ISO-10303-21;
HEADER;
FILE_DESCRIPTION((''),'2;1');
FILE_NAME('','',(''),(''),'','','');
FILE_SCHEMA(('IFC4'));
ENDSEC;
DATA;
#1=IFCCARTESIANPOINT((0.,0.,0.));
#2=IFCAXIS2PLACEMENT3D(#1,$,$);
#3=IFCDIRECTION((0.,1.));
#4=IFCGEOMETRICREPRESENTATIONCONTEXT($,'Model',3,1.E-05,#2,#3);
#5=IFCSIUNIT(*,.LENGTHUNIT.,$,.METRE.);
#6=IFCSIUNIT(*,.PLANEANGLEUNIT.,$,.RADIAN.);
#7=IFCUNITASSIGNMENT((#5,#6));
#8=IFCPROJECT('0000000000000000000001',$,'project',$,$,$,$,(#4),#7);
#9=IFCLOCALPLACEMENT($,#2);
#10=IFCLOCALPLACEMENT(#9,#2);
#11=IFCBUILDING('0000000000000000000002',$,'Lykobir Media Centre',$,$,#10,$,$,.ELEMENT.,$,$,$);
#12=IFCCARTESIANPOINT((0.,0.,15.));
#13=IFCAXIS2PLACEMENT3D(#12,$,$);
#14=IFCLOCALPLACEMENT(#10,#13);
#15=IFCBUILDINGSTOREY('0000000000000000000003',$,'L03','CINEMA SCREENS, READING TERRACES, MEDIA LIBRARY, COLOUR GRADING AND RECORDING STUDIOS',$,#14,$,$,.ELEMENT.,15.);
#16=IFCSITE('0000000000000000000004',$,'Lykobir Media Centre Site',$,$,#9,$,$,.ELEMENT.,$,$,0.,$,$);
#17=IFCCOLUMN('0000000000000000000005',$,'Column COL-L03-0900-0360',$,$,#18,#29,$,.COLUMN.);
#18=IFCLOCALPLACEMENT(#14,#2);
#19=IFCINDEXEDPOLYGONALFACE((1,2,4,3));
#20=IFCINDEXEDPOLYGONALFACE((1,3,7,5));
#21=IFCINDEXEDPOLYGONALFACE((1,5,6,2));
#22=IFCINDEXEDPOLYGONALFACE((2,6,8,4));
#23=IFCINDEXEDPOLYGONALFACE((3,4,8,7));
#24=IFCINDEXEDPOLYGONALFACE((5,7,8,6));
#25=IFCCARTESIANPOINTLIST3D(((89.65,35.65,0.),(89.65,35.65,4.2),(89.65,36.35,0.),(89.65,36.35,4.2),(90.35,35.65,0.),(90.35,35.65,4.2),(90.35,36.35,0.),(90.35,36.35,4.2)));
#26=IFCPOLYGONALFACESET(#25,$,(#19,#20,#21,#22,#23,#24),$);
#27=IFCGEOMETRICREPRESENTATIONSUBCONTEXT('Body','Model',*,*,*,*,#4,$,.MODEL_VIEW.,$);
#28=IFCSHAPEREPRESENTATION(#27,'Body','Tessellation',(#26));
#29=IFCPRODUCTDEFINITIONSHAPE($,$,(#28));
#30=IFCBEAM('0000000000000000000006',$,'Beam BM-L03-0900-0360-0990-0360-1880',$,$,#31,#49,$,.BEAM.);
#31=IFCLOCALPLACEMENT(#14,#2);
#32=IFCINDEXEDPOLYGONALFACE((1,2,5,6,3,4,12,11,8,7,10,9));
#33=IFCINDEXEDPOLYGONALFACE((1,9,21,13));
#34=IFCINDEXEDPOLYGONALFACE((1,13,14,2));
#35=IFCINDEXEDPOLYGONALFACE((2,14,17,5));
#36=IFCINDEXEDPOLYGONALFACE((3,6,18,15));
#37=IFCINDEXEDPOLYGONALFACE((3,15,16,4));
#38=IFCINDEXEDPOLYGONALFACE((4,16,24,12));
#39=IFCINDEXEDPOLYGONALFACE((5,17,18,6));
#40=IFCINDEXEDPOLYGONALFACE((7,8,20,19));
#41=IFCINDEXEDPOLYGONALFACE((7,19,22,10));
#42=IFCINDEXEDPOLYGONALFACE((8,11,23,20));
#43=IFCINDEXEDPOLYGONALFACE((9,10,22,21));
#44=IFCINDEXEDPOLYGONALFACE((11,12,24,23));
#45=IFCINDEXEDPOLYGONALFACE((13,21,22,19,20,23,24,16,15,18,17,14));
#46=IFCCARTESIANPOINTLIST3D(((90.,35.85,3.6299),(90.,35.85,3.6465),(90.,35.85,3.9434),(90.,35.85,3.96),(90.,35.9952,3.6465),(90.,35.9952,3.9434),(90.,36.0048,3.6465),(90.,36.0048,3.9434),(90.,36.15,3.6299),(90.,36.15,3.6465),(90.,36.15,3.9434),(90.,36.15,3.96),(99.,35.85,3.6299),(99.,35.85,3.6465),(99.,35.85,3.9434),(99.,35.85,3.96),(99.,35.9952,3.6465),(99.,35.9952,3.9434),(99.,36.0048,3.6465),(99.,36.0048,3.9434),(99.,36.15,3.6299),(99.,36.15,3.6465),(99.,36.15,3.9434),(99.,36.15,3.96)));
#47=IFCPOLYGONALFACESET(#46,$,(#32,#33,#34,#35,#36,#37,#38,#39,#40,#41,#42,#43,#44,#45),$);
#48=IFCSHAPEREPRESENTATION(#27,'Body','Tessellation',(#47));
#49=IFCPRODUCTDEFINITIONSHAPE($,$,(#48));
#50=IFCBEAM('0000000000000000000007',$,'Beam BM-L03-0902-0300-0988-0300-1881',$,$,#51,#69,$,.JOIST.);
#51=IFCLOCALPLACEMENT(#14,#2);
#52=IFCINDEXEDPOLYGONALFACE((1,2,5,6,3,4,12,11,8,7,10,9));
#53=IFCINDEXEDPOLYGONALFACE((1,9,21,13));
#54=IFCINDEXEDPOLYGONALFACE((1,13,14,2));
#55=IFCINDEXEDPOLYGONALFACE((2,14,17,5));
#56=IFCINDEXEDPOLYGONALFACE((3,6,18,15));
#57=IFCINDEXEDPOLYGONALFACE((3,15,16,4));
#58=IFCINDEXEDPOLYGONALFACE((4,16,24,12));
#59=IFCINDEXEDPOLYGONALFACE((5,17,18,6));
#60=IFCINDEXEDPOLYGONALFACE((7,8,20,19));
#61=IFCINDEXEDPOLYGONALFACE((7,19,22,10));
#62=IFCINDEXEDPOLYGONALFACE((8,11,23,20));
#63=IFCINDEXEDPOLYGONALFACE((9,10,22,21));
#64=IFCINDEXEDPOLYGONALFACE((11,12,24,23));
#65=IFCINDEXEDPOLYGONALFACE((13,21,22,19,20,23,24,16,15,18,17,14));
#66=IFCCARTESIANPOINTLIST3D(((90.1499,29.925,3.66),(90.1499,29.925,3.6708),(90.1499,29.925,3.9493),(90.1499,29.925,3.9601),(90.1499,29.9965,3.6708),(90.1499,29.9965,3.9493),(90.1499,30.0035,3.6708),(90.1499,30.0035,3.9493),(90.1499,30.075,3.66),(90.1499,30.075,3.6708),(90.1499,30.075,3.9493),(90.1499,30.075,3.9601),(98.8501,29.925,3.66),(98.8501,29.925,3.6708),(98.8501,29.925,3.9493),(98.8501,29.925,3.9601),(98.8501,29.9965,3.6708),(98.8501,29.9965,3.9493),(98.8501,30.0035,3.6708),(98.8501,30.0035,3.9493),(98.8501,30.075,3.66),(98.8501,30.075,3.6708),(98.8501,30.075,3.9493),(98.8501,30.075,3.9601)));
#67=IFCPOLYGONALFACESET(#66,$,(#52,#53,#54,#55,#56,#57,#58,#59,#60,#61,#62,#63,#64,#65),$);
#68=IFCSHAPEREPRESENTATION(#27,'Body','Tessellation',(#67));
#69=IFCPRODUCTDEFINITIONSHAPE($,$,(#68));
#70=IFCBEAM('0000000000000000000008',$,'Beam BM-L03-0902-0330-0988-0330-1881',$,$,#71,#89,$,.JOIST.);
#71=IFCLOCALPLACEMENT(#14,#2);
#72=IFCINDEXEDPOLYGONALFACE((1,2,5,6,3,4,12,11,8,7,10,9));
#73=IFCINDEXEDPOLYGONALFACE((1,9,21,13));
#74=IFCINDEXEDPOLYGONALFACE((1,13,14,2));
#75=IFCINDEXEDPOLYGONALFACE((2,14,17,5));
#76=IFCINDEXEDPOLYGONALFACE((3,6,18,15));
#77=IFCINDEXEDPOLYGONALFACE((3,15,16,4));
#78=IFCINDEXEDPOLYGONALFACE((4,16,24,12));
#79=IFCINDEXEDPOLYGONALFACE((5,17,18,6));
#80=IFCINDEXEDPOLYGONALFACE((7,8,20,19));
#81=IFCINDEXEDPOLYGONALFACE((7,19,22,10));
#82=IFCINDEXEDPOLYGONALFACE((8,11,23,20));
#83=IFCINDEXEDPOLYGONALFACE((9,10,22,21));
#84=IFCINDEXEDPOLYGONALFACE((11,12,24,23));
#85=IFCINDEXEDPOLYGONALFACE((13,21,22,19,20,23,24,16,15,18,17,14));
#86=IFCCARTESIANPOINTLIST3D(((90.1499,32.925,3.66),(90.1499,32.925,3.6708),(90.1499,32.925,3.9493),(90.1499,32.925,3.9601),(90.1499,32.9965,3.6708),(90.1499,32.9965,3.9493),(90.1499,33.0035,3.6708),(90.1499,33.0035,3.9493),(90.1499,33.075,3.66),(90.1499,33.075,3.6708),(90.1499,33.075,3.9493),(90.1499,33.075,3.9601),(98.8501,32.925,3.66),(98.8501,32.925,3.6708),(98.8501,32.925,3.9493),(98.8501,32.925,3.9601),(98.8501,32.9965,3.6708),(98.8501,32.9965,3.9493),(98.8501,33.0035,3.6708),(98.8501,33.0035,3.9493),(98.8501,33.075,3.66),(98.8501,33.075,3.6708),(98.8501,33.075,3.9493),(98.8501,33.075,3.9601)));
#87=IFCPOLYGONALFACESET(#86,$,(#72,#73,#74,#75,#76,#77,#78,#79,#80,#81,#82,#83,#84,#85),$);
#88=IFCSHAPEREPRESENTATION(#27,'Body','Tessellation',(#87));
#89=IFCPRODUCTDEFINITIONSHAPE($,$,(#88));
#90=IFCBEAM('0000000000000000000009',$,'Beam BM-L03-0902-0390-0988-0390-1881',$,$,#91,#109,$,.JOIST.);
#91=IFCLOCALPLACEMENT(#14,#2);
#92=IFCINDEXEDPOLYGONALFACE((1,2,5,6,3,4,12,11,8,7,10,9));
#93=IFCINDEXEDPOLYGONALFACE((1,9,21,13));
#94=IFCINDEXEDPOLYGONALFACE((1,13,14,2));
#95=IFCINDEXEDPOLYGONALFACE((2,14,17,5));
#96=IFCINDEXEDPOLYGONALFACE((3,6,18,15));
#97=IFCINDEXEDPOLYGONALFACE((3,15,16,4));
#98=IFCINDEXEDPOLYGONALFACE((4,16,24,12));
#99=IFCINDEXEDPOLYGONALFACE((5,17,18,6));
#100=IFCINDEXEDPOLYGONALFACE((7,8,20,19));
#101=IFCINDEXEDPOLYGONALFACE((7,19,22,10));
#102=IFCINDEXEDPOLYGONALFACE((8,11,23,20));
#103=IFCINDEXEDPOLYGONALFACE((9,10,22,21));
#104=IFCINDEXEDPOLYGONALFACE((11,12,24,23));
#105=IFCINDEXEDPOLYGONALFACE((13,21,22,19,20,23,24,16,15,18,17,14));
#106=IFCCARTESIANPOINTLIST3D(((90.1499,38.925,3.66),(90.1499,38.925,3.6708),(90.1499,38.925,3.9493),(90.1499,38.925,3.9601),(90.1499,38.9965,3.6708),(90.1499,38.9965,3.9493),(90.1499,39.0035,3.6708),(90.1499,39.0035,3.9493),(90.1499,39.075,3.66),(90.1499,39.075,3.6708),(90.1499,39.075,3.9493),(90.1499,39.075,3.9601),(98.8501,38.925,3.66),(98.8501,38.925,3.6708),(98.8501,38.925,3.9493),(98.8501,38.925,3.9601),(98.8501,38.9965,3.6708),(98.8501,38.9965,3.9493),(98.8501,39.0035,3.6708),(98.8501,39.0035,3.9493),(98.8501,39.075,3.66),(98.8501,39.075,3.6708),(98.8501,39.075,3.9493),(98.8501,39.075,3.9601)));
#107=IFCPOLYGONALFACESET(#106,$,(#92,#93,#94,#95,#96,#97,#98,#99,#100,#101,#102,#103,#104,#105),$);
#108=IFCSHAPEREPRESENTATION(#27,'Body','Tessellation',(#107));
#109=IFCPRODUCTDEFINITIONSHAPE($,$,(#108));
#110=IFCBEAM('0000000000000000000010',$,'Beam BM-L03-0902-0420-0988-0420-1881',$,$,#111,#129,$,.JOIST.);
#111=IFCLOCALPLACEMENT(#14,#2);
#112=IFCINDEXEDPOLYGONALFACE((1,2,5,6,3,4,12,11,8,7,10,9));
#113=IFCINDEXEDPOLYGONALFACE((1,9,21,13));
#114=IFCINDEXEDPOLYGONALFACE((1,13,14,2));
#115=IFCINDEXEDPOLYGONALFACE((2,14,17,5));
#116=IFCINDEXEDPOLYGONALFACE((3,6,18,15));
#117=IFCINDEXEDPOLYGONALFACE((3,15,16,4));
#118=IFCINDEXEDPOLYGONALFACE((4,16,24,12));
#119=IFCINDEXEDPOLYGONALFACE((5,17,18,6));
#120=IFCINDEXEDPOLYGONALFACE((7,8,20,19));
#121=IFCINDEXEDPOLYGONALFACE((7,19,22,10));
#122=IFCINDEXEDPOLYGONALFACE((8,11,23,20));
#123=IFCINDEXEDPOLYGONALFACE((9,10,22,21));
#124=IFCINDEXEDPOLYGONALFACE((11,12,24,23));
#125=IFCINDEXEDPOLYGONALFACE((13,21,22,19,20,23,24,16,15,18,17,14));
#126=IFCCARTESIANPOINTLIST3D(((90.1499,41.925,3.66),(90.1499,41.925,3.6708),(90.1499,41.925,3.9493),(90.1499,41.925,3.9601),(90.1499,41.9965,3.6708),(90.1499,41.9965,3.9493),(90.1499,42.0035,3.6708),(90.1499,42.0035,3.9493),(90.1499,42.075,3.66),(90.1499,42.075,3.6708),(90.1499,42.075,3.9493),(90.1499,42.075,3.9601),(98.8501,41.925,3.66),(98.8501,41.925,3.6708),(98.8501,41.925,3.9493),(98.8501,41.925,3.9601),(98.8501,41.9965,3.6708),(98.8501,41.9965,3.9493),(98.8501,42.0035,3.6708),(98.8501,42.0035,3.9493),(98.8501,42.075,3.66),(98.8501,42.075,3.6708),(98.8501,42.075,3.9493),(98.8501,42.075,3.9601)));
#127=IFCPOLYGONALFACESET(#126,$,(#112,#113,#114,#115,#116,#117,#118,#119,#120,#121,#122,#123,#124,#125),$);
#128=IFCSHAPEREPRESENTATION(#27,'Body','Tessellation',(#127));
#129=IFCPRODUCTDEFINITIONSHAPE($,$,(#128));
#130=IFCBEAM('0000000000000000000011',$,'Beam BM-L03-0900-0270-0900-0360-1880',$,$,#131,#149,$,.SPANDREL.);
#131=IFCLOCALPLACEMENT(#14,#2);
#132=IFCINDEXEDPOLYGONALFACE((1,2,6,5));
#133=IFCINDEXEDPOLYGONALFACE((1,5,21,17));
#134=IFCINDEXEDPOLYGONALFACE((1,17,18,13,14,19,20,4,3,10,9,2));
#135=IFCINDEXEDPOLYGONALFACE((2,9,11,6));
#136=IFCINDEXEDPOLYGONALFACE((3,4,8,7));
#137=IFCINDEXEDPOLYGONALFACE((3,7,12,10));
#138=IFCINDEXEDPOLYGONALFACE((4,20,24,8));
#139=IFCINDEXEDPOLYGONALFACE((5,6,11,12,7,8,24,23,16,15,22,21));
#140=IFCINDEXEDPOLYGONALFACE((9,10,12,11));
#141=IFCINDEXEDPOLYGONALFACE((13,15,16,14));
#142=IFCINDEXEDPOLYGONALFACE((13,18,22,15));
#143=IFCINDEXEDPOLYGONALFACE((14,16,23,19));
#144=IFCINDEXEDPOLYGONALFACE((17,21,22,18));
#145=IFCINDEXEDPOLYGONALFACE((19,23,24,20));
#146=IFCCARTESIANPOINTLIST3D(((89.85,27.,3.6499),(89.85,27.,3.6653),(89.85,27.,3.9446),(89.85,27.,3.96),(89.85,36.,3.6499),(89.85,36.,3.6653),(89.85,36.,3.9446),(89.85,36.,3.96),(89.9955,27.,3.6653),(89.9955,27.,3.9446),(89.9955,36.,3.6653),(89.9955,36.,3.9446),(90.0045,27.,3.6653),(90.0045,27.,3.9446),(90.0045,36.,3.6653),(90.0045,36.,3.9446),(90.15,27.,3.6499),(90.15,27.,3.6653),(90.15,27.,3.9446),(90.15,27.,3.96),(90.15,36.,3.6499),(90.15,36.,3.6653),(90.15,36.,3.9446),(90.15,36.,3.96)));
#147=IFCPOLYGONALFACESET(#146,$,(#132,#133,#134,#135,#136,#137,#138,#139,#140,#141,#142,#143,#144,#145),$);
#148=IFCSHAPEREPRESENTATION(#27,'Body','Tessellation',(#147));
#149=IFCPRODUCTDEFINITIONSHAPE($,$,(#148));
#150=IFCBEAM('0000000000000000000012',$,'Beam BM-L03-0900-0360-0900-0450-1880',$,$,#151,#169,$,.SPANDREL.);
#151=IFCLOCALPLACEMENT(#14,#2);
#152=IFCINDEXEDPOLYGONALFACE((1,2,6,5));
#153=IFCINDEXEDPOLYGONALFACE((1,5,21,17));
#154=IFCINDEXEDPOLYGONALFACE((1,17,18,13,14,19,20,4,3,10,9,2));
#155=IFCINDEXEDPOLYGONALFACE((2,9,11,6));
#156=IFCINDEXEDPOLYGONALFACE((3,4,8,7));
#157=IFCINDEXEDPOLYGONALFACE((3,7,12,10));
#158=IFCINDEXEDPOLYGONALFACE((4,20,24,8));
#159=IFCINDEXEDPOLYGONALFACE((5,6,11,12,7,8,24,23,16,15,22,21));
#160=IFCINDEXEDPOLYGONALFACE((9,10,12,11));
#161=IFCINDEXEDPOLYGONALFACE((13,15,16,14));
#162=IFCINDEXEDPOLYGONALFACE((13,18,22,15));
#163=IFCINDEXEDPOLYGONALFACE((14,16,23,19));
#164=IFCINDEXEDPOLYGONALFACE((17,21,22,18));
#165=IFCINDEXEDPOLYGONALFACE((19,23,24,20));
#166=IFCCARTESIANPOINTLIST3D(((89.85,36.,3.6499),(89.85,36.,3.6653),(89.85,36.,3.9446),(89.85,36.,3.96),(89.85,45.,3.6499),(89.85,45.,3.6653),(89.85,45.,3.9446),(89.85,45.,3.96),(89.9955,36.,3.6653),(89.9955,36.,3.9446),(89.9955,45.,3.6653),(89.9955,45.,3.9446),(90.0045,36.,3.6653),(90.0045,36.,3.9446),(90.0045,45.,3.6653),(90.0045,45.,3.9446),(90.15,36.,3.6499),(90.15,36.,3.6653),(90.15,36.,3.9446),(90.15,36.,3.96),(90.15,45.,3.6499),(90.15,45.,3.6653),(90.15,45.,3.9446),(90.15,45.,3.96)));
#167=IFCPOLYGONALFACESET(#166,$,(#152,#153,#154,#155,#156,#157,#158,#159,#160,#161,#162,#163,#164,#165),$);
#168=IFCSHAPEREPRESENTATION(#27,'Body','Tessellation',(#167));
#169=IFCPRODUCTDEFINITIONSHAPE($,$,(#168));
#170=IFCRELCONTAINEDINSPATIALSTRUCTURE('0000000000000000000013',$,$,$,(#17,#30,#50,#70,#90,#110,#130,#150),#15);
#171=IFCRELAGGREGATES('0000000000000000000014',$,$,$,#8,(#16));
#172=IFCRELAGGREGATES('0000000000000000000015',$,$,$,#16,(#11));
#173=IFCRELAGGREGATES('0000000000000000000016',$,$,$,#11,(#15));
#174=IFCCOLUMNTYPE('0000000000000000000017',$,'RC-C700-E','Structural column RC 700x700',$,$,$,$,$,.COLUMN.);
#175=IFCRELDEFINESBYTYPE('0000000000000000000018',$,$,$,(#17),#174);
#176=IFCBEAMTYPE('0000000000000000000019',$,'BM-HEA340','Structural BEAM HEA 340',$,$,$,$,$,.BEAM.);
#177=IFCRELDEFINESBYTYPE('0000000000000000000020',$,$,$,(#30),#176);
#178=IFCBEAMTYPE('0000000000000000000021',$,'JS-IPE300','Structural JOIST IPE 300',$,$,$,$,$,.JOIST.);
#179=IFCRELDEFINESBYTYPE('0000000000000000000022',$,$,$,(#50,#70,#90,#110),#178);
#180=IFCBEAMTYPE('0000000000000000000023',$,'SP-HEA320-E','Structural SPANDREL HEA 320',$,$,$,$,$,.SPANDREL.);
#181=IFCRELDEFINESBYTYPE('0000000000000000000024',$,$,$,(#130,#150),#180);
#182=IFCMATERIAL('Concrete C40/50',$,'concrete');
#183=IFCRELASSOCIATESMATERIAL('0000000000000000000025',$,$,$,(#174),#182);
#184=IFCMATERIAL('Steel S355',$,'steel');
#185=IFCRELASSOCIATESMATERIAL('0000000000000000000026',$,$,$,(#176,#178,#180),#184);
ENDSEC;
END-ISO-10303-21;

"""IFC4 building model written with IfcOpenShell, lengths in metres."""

from ifc_helpers import new_model, si_unit, direction, frame, origin, origin_2d, place, context, subcontext, project, spatial, rectangle, i_section, extrude, material, material_profile, profile_set, type_object, element, save


model = new_model("IFC4")

# Units and contexts
model_context = context("Model", 3, precision=1e-05, world=origin(), true_north=direction((0.0, 1.0)))
body_context = subcontext(model_context, "Body", "Model", "MODEL_VIEW")
ifc_project = project(units=[si_unit("LENGTHUNIT", "METRE"), si_unit("PLANEANGLEUNIT", "RADIAN")], contexts=[model_context])

# Site, building, storey
site_placement = place(None, origin())
site = spatial("IfcSite", under=ifc_project, at=site_placement, Name="Lykobir Media Centre Site", CompositionType="ELEMENT", RefElevation=0.0)
building_placement = place(site_placement, origin())
building = spatial("IfcBuilding", under=site, at=building_placement, Name="Lykobir Media Centre", CompositionType="ELEMENT")
storey_placement = place(building_placement, frame((0.0, 0.0, 15.0)))
storey = spatial("IfcBuildingStorey", under=building, at=storey_placement, Name="L03", Description="CINEMA SCREENS, READING TERRACES, MEDIA LIBRARY, COLOUR GRADING AND RECORDING STUDIOS", CompositionType="ELEMENT", Elevation=15.0)

# Column
ifc_material_1 = material(Name="Concrete C40/50", Category="concrete")
ifc_material_profile_1 = material_profile(ifc_material_1, rectangle(XDim=0.7, YDim=0.7, at=origin_2d()), Name="RC 700x700")
ifc_profile_set_1 = profile_set([ifc_material_profile_1], Name="Concrete C40/50")
column_type = type_object("IfcColumnType", Name="RC-C700-E", Description="Structural column RC 700x700", PredefinedType="COLUMN", material=ifc_profile_set_1)
column_placement = place(storey_placement, frame((90.0, 36.0, 0.0), z_axis=(0.0, 0.0, 1.0), x_axis=(1.0, 0.0, 0.0)))
element("IfcColumn", 1, at=column_placement, inside=storey, type_object=column_type, Name="Column COL-L03-0900-0360", PredefinedType="COLUMN", context=body_context, shape_type="SweptSolid", body=[
    extrude(rectangle(XDim=0.7, YDim=0.7, at=origin_2d()), origin(), (0.0, 0.0, 1.0), 4.2),
])

# Beams
ifc_material_2 = material(Name="Steel S355", Category="steel")
ifc_material_profile_2 = material_profile(ifc_material_2, i_section(OverallWidth=0.3, OverallDepth=0.3301, WebThickness=0.0095, FlangeThickness=0.0166, at=origin_2d()), Name="HEA 340")
ifc_profile_set_2 = profile_set([ifc_material_profile_2], Name="Steel S355")
beam_type_1 = type_object("IfcBeamType", Name="BM-HEA340", Description="Structural BEAM HEA 340", PredefinedType="BEAM", material=ifc_profile_set_2)
beam_placement = place(storey_placement, frame((90.0, 36.0, 3.7949), z_axis=(1.0, 0.0, 0.0), x_axis=(0.0, 1.0, 0.0)))
element("IfcBeam", 2, at=beam_placement, inside=storey, type_object=beam_type_1, Name="Beam BM-L03-0900-0360-0990-0360-1880", PredefinedType="BEAM", context=body_context, shape_type="SweptSolid", body=[
    extrude(i_section(OverallWidth=0.3, OverallDepth=0.3301, WebThickness=0.0095, FlangeThickness=0.0166, at=origin_2d()), origin(), (0.0, 0.0, 1.0), 9.0),
])
ifc_material_profile_3 = material_profile(ifc_material_2, i_section(OverallWidth=0.1499, OverallDepth=0.3, WebThickness=0.0071, FlangeThickness=0.0107, at=origin_2d()), Name="IPE 300")
ifc_profile_set_3 = profile_set([ifc_material_profile_3], Name="Steel S355")
beam_type_2 = type_object("IfcBeamType", Name="JS-IPE300", Description="Structural JOIST IPE 300", PredefinedType="JOIST", material=ifc_profile_set_3)
for number, where, z_axis, x_axis, name in (
    (3, (90.1499, 30.0, 3.8101), (1.0, 0.0, 0.0), (0.0, 1.0, 0.0), "Beam BM-L03-0902-0300-0988-0300-1881"),
    (4, (90.1499, 33.0, 3.8101), (1.0, 0.0, 0.0), (0.0, 1.0, 0.0), "Beam BM-L03-0902-0330-0988-0330-1881"),
    (5, (90.1499, 39.0, 3.8101), (1.0, 0.0, 0.0), (0.0, 1.0, 0.0), "Beam BM-L03-0902-0390-0988-0390-1881"),
    (6, (90.1499, 42.0, 3.8101), (1.0, 0.0, 0.0), (0.0, 1.0, 0.0), "Beam BM-L03-0902-0420-0988-0420-1881"),
):
    element("IfcBeam", number, at=place(storey_placement, frame(where, z_axis=z_axis, x_axis=x_axis)), inside=storey, type_object=beam_type_2, Name=name, PredefinedType="JOIST", context=body_context, shape_type="SweptSolid", body=[
        extrude(i_section(OverallWidth=0.1499, OverallDepth=0.3, WebThickness=0.0071, FlangeThickness=0.0107, at=origin_2d()), origin(), (0.0, 0.0, 1.0), 8.7002),
    ])
ifc_material_profile_4 = material_profile(ifc_material_2, i_section(OverallWidth=0.3, OverallDepth=0.3101, WebThickness=0.009, FlangeThickness=0.0154, at=origin_2d()), Name="HEA 320")
ifc_profile_set_4 = profile_set([ifc_material_profile_4], Name="Steel S355")
beam_type_3 = type_object("IfcBeamType", Name="SP-HEA320-E", Description="Structural SPANDREL HEA 320", PredefinedType="SPANDREL", material=ifc_profile_set_4)
for number, where, z_axis, x_axis, name in (
    (7, (90.0, 27.0, 3.8049), (0.0, 1.0, 0.0), (-1.0, 0.0, 0.0), "Beam BM-L03-0900-0270-0900-0360-1880"),
    (8, (90.0, 36.0, 3.8049), (0.0, 1.0, 0.0), (-1.0, 0.0, 0.0), "Beam BM-L03-0900-0360-0900-0450-1880"),
):
    element("IfcBeam", number, at=place(storey_placement, frame(where, z_axis=z_axis, x_axis=x_axis)), inside=storey, type_object=beam_type_3, Name=name, PredefinedType="SPANDREL", context=body_context, shape_type="SweptSolid", body=[
        extrude(i_section(OverallWidth=0.3, OverallDepth=0.3101, WebThickness=0.009, FlangeThickness=0.0154, at=origin_2d()), origin(), (0.0, 0.0, 1.0), 9.0),
    ])

save(model, "model.ifc")
